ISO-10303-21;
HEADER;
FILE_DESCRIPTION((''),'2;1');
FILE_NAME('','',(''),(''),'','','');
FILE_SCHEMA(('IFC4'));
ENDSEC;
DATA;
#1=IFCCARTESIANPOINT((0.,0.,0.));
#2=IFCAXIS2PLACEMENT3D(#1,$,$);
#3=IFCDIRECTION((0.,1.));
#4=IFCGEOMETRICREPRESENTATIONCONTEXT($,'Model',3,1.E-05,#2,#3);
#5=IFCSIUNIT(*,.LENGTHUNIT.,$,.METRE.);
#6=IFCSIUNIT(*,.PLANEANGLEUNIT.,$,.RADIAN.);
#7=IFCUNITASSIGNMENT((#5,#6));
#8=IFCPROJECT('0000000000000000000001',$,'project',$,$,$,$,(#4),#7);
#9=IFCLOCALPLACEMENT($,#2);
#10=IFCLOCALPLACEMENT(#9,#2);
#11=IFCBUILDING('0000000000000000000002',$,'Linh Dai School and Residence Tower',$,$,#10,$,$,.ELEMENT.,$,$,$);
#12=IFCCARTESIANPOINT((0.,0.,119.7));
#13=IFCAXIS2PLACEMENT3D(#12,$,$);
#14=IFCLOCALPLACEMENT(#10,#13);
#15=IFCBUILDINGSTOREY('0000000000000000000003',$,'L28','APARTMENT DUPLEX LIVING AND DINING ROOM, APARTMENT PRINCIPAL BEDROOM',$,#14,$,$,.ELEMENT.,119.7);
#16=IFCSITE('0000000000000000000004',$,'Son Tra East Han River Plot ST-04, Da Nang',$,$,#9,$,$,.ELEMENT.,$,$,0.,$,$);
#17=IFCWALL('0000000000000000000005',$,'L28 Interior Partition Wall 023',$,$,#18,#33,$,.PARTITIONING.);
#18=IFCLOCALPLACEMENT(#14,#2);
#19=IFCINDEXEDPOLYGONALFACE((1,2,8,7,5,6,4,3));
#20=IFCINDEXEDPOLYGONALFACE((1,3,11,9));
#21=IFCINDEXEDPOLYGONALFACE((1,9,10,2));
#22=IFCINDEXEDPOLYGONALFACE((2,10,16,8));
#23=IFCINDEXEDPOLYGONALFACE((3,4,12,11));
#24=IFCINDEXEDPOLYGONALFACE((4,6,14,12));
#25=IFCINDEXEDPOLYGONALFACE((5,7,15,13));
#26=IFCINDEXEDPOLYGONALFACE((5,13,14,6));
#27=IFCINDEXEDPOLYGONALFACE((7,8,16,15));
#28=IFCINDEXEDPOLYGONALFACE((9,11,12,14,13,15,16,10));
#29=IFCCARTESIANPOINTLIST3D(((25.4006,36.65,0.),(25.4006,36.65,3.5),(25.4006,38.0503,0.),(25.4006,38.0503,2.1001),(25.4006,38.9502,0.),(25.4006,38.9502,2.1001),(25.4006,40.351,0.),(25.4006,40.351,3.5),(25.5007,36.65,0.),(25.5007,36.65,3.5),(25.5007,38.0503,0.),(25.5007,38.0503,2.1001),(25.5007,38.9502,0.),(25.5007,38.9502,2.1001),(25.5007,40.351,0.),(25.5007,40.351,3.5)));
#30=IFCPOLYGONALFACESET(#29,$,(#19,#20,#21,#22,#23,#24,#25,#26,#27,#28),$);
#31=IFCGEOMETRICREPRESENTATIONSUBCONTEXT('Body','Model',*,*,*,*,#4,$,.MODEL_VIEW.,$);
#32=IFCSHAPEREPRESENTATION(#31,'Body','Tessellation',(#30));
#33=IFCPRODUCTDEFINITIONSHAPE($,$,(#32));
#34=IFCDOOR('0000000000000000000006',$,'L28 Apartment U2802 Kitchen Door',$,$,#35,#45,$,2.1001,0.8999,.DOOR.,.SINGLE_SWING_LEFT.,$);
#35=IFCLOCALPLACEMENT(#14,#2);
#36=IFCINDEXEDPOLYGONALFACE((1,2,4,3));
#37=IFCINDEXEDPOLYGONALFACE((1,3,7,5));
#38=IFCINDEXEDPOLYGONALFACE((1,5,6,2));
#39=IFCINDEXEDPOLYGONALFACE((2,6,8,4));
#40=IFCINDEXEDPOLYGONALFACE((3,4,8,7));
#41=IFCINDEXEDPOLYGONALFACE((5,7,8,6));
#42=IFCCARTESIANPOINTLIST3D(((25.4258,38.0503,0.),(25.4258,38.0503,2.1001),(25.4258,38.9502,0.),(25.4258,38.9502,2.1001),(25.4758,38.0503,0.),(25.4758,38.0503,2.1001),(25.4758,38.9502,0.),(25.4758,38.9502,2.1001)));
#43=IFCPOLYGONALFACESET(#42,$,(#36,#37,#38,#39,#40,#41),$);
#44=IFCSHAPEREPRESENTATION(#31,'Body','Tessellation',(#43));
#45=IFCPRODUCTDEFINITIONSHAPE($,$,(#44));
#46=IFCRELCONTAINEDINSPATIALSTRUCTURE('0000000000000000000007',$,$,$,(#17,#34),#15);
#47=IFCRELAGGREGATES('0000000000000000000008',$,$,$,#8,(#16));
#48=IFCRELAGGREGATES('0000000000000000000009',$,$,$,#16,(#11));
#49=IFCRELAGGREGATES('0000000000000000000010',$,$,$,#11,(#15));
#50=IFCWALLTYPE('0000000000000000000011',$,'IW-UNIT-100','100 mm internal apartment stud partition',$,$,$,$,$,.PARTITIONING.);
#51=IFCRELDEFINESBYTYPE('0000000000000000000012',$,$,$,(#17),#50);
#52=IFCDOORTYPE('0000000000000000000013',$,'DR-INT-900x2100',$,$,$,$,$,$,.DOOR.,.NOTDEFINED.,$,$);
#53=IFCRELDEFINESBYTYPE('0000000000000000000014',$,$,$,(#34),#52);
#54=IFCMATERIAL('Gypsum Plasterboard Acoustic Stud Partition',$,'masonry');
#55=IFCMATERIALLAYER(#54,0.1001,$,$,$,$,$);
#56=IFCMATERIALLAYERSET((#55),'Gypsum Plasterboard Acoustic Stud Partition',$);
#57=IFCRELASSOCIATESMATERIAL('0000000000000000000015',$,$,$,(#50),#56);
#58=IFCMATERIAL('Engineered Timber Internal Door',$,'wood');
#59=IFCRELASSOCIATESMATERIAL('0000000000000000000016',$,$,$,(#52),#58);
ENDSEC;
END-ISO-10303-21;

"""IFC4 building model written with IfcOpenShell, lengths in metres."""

from ifc_helpers import new_model, si_unit, direction, frame, frame_2d, origin, origin_2d, place, context, subcontext, project, spatial, rectangle, extrude, source, transform, mapped, material, layer, layer_set, type_object, element, fill, save


model = new_model("IFC4")

# Units and contexts
model_context = context("Model", 3, precision=1e-05, world=origin(), true_north=direction((0.0, 1.0)))
body_context = subcontext(model_context, "Body", "Model", "MODEL_VIEW")
ifc_project = project(units=[si_unit("LENGTHUNIT", "METRE"), si_unit("PLANEANGLEUNIT", "RADIAN")], contexts=[model_context])

# Site, building, storey
site_placement = place(None, origin())
site = spatial("IfcSite", under=ifc_project, at=site_placement, Name="Son Tra East Han River Plot ST-04, Da Nang", CompositionType="ELEMENT", RefElevation=0.0)
building_placement = place(site_placement, origin())
building = spatial("IfcBuilding", under=site, at=building_placement, Name="Linh Dai School and Residence Tower", CompositionType="ELEMENT")
storey_placement = place(building_placement, frame((0.0, 0.0, 119.7)))
storey = spatial("IfcBuildingStorey", under=building, at=storey_placement, Name="L28", Description="APARTMENT DUPLEX LIVING AND DINING ROOM, APARTMENT PRINCIPAL BEDROOM", CompositionType="ELEMENT", Elevation=119.7)

# Shared definitions
ifc_material_1 = material(Name="Gypsum Plasterboard Acoustic Stud Partition", Category="masonry")
ifc_layer_1 = layer(ifc_material_1, 0.1001)
ifc_layer_set_1 = layer_set([ifc_layer_1], Name="Gypsum Plasterboard Acoustic Stud Partition")
wall_type_1 = type_object("IfcWallType", Name="IW-UNIT-100", Description="100 mm internal apartment stud partition", PredefinedType="PARTITIONING", material=ifc_layer_set_1)
ifc_material_2 = material(Name="Engineered Timber Internal Door", Category="wood")
door_type_1 = type_object("IfcDoorType", Name="DR-INT-900x2100", OperationType="NOTDEFINED", PredefinedType="DOOR", material=ifc_material_2)
shared_shape_1 = source(origin(), body_context, "Body", "SweptSolid", [
    extrude(rectangle(XDim=0.8999, YDim=2.1001, at=origin_2d()), frame((0.45, 0.0249, 1.05), z_axis=(0.0, -1.0, 0.0), x_axis=(1.0, 0.0, 0.0)), (0.0, 0.0, 1.0), 0.05),
])

# Wall, opening, door
wall_1_placement = place(storey_placement, frame((25.4507, 36.6499, 0.0), z_axis=(0.0, 0.0, 1.0), x_axis=(0.0, 1.0, 0.0)))
wall_1 = element("IfcWall", 1, at=wall_1_placement, inside=storey, type_object=wall_type_1, Name="L28 Interior Partition Wall 023", PredefinedType="PARTITIONING", context=body_context, shape_type="SweptSolid", body=[
    extrude(rectangle(XDim=3.7009, YDim=0.1001, at=frame_2d((1.8506, 0.0))), origin(), (0.0, 0.0, 1.0), 3.5),
])
opening_1_placement = place(wall_1_placement, frame((1.4004, 0.0, 0.0)))
opening_1 = element("IfcOpeningElement", 2, at=opening_1_placement, cuts=wall_1, PredefinedType="OPENING", context=body_context, shape_type="SweptSolid", body=[
    extrude(rectangle(XDim=0.8999, YDim=2.1001, at=origin_2d()), frame((0.45, 0.0601, 1.05), z_axis=(0.0, -1.0, 0.0), x_axis=(1.0, 0.0, 0.0)), (0.0, 0.0, 1.0), 0.1201),
])
door_1_placement = place(opening_1_placement, origin())
door_1 = element("IfcDoor", 3, at=door_1_placement, inside=storey, type_object=door_type_1, Name="L28 Apartment U2802 Kitchen Door", OperationType="SINGLE_SWING_LEFT", OverallHeight=2.1001, OverallWidth=0.8999, PredefinedType="DOOR", context=body_context, shape_type="MappedRepresentation", body=[
    mapped(shared_shape_1, transform((0.0, 0.0, 0.0), x_axis=(1.0, 0.0, 0.0), y_axis=(0.0, 1.0, 0.0), z_axis=(0.0, 0.0, 1.0), scale=1.0)),
])
fill(opening_1, door_1)

save(model, "model.ifc")
